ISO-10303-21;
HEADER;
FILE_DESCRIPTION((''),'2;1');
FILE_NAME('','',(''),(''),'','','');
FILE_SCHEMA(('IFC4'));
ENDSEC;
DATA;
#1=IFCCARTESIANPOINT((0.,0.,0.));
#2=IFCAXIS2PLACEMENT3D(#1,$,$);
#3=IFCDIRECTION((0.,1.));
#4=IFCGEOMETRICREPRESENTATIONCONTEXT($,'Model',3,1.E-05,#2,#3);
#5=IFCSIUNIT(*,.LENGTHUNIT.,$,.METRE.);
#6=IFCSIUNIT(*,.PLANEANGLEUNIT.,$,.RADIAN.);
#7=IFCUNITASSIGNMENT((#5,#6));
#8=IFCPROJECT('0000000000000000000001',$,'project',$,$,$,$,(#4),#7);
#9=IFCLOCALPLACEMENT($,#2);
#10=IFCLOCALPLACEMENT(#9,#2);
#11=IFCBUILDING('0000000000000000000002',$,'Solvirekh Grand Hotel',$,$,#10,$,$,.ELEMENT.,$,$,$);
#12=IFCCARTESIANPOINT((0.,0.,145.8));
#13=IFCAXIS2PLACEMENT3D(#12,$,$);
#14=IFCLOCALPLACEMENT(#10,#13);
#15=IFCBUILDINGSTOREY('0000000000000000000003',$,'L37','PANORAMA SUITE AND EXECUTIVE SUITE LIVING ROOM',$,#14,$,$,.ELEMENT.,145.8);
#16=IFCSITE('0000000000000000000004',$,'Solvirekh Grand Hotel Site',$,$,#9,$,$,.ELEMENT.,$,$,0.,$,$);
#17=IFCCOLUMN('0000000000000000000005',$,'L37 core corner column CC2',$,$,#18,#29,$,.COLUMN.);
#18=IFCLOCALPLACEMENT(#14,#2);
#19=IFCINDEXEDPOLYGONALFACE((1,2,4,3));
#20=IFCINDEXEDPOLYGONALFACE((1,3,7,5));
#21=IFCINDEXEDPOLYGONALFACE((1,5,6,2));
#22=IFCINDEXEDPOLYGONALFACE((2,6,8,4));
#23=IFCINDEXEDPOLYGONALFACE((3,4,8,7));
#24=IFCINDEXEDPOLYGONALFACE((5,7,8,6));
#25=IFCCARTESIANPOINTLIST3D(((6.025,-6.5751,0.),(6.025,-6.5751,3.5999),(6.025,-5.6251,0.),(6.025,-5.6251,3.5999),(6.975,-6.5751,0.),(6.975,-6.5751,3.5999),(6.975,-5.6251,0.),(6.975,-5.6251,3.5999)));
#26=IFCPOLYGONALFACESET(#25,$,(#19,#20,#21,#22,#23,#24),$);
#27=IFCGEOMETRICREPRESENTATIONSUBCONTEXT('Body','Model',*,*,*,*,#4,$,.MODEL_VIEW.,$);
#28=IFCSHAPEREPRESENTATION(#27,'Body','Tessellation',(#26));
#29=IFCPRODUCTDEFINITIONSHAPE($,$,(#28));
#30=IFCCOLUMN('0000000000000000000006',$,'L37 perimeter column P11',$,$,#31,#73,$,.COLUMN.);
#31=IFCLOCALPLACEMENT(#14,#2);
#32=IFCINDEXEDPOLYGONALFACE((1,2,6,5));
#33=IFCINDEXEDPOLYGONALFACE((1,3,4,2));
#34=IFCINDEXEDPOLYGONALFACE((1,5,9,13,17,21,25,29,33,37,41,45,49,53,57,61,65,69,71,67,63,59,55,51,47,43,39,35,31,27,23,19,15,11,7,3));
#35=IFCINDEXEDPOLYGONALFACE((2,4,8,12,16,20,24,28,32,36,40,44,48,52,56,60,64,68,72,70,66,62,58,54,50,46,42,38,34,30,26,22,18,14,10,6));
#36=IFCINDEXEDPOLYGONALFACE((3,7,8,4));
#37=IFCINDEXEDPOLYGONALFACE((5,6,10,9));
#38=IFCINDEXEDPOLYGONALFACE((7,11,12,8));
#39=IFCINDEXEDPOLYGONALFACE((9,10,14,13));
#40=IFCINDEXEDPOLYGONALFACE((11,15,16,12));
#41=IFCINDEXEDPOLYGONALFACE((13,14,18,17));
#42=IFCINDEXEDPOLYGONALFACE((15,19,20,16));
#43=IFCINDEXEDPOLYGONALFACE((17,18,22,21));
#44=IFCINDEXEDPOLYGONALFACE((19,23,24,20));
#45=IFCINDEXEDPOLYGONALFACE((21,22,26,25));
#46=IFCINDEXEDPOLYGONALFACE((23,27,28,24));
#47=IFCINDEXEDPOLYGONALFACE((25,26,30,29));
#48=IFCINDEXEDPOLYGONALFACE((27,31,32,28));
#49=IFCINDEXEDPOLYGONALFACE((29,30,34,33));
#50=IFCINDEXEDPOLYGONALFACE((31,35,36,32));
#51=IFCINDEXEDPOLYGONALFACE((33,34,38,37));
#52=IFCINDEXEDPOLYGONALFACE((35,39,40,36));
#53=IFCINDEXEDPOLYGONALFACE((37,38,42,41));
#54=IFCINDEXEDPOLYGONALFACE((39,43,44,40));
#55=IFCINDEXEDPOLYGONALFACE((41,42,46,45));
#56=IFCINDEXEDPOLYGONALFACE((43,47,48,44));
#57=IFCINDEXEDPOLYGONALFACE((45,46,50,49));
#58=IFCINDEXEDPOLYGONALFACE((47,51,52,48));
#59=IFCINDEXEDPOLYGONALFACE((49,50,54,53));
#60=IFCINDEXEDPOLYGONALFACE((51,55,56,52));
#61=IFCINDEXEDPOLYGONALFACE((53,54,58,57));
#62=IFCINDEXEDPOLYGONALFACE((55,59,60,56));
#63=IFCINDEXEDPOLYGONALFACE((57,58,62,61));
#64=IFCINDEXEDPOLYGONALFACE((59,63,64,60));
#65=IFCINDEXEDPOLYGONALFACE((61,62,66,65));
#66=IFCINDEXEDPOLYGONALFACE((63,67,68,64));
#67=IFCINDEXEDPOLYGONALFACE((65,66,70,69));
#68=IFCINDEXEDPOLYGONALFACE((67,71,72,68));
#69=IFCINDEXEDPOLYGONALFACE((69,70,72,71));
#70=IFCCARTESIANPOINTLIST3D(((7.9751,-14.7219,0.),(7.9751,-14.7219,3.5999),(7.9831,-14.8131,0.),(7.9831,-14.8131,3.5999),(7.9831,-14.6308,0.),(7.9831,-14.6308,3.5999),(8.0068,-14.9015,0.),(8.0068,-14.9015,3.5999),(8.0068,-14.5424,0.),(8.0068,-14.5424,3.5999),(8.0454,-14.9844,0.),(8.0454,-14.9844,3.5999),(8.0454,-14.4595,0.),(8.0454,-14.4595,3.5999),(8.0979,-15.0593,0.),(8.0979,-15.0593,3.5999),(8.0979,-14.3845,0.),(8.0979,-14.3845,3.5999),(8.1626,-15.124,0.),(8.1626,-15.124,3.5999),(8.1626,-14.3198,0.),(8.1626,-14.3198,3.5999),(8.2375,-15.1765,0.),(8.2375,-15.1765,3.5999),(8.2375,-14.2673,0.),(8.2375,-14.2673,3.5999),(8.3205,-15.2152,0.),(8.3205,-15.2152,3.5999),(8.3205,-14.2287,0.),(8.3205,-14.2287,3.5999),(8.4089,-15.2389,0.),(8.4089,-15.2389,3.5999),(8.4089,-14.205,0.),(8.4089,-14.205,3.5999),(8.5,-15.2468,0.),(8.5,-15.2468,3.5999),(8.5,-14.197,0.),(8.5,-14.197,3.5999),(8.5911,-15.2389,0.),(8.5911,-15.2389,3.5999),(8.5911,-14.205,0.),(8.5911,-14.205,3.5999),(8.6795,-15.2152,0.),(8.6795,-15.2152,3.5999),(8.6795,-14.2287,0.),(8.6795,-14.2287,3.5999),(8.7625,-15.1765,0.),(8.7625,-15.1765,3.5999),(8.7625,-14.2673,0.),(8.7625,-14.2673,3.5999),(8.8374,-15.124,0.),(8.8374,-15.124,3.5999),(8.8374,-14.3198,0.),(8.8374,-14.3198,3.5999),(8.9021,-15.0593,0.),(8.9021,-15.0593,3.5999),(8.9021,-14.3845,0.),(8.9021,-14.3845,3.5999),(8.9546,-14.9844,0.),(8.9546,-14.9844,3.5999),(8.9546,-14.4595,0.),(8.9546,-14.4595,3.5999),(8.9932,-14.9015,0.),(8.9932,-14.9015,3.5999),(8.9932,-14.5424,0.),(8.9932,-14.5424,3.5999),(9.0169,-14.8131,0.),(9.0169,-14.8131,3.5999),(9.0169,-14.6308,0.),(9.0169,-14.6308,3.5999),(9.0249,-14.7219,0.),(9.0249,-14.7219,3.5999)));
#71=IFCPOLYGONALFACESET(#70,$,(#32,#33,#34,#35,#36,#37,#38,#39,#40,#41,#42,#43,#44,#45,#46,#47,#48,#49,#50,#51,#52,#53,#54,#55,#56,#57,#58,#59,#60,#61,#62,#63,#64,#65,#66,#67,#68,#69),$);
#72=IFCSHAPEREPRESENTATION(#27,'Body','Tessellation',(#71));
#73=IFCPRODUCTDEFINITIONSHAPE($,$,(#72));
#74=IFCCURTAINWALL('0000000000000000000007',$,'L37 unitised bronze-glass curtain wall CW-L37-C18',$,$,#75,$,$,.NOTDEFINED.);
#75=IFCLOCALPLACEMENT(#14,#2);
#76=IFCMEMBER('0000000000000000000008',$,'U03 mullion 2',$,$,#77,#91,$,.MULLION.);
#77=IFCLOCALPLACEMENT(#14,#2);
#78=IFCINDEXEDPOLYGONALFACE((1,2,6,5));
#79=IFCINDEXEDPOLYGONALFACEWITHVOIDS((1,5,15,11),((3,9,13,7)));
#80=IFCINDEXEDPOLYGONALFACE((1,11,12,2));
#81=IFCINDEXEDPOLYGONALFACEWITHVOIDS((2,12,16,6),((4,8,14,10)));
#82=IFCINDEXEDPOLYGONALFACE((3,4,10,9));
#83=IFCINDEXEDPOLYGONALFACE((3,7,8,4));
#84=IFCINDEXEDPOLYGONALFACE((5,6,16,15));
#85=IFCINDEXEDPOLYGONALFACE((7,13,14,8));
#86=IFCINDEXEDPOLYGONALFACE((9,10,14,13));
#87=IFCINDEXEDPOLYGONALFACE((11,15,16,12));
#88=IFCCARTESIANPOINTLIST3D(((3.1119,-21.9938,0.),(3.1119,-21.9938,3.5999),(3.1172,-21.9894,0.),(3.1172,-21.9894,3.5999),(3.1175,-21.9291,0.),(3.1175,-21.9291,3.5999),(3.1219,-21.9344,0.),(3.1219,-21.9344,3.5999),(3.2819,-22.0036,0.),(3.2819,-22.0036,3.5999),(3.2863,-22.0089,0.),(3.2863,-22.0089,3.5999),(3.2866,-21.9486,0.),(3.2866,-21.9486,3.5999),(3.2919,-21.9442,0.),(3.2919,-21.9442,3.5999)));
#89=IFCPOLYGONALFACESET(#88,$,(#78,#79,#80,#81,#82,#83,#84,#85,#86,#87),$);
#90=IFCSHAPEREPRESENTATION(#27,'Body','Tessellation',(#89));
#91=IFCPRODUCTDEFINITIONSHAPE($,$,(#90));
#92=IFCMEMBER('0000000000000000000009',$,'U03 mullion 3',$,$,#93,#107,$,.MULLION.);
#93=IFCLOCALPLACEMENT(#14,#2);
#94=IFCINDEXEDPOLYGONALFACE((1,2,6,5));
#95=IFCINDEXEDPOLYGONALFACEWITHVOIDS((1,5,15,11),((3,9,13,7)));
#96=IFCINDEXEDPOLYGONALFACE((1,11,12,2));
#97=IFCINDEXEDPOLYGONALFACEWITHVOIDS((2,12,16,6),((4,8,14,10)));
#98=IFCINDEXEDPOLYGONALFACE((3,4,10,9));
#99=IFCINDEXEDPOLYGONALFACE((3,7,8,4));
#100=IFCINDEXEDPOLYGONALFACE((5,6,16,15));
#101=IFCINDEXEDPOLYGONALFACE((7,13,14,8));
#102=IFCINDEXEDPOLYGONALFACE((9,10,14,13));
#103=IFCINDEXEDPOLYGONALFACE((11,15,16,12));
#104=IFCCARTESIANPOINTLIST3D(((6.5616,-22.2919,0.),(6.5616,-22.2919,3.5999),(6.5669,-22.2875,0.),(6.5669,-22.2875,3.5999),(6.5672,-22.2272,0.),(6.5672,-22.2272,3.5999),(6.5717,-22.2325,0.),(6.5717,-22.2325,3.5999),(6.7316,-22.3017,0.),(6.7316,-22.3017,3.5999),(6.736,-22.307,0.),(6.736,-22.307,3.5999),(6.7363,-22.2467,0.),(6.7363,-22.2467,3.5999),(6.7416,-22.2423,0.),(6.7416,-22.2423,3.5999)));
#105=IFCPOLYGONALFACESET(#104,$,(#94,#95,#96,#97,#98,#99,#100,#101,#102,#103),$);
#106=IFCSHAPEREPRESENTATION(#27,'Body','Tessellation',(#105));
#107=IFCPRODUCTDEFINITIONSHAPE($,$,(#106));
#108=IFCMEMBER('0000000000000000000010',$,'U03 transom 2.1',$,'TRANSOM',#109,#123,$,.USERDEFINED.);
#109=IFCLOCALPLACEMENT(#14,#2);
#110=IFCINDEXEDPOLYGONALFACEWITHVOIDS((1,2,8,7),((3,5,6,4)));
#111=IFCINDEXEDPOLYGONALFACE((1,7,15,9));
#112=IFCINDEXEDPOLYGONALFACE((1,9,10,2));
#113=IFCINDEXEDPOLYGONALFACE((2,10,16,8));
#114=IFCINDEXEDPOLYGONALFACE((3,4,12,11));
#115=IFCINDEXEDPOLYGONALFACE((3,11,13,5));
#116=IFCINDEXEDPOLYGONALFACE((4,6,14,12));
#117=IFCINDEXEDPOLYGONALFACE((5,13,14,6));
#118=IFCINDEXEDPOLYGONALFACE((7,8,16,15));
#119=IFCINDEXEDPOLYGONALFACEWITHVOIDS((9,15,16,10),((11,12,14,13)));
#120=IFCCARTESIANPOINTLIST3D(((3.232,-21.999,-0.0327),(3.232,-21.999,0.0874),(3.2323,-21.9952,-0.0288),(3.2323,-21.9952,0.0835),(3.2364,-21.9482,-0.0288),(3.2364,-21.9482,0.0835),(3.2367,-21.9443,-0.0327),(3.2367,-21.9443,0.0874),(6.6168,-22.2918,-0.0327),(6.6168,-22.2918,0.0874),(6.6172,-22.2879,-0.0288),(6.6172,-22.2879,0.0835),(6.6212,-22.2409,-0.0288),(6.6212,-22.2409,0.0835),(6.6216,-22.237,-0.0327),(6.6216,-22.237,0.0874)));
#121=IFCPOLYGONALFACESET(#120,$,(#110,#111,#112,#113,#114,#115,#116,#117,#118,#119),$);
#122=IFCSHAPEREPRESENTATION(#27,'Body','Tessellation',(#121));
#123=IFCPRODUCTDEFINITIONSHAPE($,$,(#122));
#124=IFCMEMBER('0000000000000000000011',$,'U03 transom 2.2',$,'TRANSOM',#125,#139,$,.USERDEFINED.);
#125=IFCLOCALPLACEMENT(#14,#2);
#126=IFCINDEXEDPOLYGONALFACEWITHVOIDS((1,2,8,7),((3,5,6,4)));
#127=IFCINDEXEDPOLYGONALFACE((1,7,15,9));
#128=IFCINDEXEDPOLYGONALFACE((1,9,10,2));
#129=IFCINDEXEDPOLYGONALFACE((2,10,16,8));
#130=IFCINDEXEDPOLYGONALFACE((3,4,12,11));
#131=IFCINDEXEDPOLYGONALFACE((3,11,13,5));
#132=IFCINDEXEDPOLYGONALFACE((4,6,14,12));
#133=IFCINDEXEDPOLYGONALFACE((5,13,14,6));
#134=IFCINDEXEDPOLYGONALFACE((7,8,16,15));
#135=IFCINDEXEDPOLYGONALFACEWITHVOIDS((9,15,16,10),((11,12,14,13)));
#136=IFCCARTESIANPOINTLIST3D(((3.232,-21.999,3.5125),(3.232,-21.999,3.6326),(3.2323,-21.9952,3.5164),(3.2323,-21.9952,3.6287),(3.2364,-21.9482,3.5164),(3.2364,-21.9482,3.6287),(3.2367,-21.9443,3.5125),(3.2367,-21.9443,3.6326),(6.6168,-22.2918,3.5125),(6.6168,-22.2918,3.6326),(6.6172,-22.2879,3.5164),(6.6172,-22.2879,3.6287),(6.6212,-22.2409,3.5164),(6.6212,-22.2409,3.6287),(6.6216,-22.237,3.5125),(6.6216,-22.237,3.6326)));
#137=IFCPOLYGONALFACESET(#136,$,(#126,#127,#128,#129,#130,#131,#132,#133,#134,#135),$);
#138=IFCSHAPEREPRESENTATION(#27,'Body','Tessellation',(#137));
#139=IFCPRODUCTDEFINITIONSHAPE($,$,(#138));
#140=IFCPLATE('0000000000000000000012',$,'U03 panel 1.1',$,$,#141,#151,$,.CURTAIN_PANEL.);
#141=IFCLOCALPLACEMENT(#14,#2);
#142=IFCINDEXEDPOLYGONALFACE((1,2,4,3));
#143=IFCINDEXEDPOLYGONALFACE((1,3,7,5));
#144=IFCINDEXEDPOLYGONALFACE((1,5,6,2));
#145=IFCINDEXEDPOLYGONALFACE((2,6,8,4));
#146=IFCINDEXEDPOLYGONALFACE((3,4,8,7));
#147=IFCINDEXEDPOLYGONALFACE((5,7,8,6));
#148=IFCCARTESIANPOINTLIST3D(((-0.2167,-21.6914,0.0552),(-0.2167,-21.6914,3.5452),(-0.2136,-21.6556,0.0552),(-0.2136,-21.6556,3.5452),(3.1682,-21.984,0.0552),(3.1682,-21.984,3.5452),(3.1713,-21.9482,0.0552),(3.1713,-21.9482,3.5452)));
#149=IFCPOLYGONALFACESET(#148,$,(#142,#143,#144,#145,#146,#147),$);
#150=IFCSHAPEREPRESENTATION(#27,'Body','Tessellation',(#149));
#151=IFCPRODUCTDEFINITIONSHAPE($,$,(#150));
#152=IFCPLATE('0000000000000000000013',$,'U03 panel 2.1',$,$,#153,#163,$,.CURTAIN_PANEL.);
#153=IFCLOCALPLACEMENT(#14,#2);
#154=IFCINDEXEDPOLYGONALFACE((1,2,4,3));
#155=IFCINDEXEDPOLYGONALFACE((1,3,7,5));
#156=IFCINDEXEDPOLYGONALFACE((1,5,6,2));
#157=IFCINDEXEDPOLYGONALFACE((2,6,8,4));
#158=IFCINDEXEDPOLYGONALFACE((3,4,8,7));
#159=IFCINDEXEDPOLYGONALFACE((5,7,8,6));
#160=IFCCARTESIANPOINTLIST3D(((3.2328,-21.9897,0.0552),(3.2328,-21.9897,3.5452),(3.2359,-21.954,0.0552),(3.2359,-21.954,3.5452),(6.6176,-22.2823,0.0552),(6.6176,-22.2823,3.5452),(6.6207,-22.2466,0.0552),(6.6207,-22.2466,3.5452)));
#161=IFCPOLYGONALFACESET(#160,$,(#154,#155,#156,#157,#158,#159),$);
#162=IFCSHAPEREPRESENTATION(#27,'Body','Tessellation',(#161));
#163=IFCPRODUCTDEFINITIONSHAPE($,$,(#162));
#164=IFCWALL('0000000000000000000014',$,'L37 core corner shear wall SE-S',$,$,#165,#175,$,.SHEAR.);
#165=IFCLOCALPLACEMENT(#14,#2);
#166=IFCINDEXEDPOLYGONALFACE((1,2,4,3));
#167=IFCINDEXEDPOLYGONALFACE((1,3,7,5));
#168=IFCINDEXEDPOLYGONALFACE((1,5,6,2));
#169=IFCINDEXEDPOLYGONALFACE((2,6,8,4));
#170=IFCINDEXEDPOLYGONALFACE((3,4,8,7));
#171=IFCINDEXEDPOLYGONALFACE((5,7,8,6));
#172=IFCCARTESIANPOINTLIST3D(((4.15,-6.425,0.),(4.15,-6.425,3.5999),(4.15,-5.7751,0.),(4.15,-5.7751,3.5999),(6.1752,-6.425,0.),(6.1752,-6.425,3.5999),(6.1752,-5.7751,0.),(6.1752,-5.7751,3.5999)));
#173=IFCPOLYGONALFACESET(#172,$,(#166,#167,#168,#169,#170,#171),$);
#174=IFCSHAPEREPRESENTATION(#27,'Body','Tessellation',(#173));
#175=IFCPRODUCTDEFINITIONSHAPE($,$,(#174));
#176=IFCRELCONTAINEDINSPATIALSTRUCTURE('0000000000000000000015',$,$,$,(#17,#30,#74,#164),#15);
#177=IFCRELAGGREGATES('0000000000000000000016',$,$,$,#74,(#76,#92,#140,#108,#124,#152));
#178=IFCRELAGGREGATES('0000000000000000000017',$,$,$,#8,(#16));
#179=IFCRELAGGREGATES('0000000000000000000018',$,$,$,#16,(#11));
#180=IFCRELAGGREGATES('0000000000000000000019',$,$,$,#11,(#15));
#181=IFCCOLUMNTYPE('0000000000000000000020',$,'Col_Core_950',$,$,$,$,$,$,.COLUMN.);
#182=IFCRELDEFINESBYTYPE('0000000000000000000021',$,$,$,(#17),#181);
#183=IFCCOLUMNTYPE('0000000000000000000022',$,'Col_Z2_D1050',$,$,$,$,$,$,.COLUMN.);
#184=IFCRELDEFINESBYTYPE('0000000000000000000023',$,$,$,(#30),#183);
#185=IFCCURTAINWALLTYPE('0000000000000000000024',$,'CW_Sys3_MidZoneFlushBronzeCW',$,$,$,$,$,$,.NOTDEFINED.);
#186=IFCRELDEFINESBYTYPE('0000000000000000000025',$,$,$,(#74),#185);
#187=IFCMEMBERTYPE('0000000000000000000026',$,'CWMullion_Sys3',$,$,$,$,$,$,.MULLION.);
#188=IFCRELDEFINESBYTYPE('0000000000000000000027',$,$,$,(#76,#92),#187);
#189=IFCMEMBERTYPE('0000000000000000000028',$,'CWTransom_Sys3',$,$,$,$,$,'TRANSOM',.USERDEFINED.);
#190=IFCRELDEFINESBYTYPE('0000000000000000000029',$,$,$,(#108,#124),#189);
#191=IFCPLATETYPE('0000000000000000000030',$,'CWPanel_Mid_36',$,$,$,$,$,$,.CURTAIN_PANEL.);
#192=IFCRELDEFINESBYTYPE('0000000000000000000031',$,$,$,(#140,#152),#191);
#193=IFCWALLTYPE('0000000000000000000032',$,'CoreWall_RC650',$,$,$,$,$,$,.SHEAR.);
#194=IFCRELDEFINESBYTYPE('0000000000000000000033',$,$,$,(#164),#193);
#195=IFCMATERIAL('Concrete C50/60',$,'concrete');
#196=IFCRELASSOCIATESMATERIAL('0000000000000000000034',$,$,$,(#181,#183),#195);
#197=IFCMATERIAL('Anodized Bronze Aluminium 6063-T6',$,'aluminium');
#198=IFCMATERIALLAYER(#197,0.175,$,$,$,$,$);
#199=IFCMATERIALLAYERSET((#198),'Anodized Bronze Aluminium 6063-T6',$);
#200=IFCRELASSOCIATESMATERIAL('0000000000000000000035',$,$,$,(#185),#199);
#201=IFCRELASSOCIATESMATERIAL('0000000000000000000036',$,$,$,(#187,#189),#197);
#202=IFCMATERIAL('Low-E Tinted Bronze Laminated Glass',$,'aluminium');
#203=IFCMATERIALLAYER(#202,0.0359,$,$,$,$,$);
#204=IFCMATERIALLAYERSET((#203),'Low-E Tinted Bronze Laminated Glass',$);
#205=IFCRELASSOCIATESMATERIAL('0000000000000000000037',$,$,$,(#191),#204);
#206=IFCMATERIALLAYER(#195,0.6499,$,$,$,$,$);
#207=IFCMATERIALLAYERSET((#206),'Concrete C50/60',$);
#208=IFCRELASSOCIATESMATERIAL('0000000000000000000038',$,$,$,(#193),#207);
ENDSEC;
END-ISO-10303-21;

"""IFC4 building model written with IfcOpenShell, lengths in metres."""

from ifc_helpers import new_model, si_unit, direction, frame, frame_2d, origin, origin_2d, place, context, subcontext, project, spatial, rectangle, hollow_rectangle, circle, extrude, source, transform, mapped, material, layer, layer_set, material_profile, profile_set, type_object, element, aggregate, save


model = new_model("IFC4")

# Units and contexts
model_context = context("Model", 3, precision=1e-05, world=origin(), true_north=direction((0.0, 1.0)))
body_context = subcontext(model_context, "Body", "Model", "MODEL_VIEW")
ifc_project = project(units=[si_unit("LENGTHUNIT", "METRE"), si_unit("PLANEANGLEUNIT", "RADIAN")], contexts=[model_context])

# Site, building, storey
site_placement = place(None, origin())
site = spatial("IfcSite", under=ifc_project, at=site_placement, Name="Solvirekh Grand Hotel Site", CompositionType="ELEMENT", RefElevation=0.0)
building_placement = place(site_placement, origin())
building = spatial("IfcBuilding", under=site, at=building_placement, Name="Solvirekh Grand Hotel", CompositionType="ELEMENT")
storey_placement = place(building_placement, frame((0.0, 0.0, 145.8)))
storey = spatial("IfcBuildingStorey", under=building, at=storey_placement, Name="L37", Description="PANORAMA SUITE AND EXECUTIVE SUITE LIVING ROOM", CompositionType="ELEMENT", Elevation=145.8)

# Columns
ifc_material_1 = material(Name="Concrete C50/60", Category="concrete")
ifc_material_profile_1 = material_profile(ifc_material_1, rectangle(XDim=0.95, YDim=0.95, at=origin_2d()), Name="RC 950X950")
ifc_profile_set_1 = profile_set([ifc_material_profile_1], Name="Concrete C50/60")
column_type_1 = type_object("IfcColumnType", Name="Col_Core_950", PredefinedType="COLUMN", material=ifc_profile_set_1)
column_1_placement = place(storey_placement, frame((6.5, -6.1001, 0.0), z_axis=(0.0, 0.0, 1.0), x_axis=(1.0, 0.0, 0.0)))
element("IfcColumn", 1, at=column_1_placement, inside=storey, type_object=column_type_1, Name="L37 core corner column CC2", PredefinedType="COLUMN", context=body_context, shape_type="SweptSolid", body=[
    extrude(rectangle(XDim=0.95, YDim=0.95, at=origin_2d()), origin(), (0.0, 0.0, 1.0), 3.5999),
])
ifc_material_profile_2 = material_profile(ifc_material_1, circle(Radius=0.5249, at=origin_2d()), Name="RC CIRC D1050")
ifc_profile_set_2 = profile_set([ifc_material_profile_2], Name="Concrete C50/60")
column_type_2 = type_object("IfcColumnType", Name="Col_Z2_D1050", PredefinedType="COLUMN", material=ifc_profile_set_2)
column_2_placement = place(storey_placement, frame((8.5, -14.7219, 0.0), z_axis=(0.0, 0.0, 1.0), x_axis=(1.0, 0.0, 0.0)))
element("IfcColumn", 2, at=column_2_placement, inside=storey, type_object=column_type_2, Name="L37 perimeter column P11", PredefinedType="COLUMN", context=body_context, shape_type="SweptSolid", body=[
    extrude(circle(Radius=0.5249, at=origin_2d()), origin(), (0.0, 0.0, 1.0), 3.5999),
])

# Curtain wall, members, plates
ifc_material_2 = material(Name="Anodized Bronze Aluminium 6063-T6", Category="aluminium")
ifc_layer_1 = layer(ifc_material_2, 0.175)
ifc_layer_set_1 = layer_set([ifc_layer_1], Name="Anodized Bronze Aluminium 6063-T6")
curtain_wall_type = type_object("IfcCurtainWallType", Name="CW_Sys3_MidZoneFlushBronzeCW", PredefinedType="NOTDEFINED", material=ifc_layer_set_1)
curtain_wall_placement = place(storey_placement, origin())
curtain_wall = element("IfcCurtainWall", 3, at=curtain_wall_placement, inside=storey, type_object=curtain_wall_type, Name="L37 unitised bronze-glass curtain wall CW-L37-C18", PredefinedType="NOTDEFINED")
ifc_material_profile_3 = material_profile(ifc_material_2, hollow_rectangle(XDim=0.0649, YDim=0.175, WallThickness=0.0049, at=origin_2d()), Name="ALU RHS 175X65X5")
ifc_profile_set_3 = profile_set([ifc_material_profile_3], Name="Anodized Bronze Aluminium 6063-T6")
member_type_1 = type_object("IfcMemberType", Name="CWMullion_Sys3", PredefinedType="MULLION", material=ifc_profile_set_3)
shared_shape_1 = source(origin(), body_context, "Body", "SweptSolid", [
    extrude(hollow_rectangle(XDim=0.0649, YDim=0.175, WallThickness=0.0049, at=origin_2d()), origin(), (0.0, 0.0, 1.0), 3.5999),
])
member_1_placement = place(storey_placement, frame((3.2019, -21.969, 0.0), z_axis=(0.0, 0.0, 1.0), x_axis=(0.086123, 0.996284, 0.0)))
member_1 = element("IfcMember", 4, at=member_1_placement, type_object=member_type_1, Name="U03 mullion 2", PredefinedType="MULLION", context=body_context, shape_type="MappedRepresentation", body=[
    mapped(shared_shape_1, transform((0.0, 0.0, 0.0), x_axis=(1.0, 0.0, 0.0), y_axis=(0.0, 1.0, 0.0), z_axis=(0.0, 0.0, 1.0), scale=1.0)),
])
member_2_placement = place(storey_placement, frame((6.6516, -22.2671, 0.0), z_axis=(0.0, 0.0, 1.0), x_axis=(0.086123, 0.996284, 0.0)))
member_2 = element("IfcMember", 5, at=member_2_placement, type_object=member_type_1, Name="U03 mullion 3", PredefinedType="MULLION", context=body_context, shape_type="MappedRepresentation", body=[
    mapped(shared_shape_1, transform((0.0, 0.0, 0.0), x_axis=(1.0, 0.0, 0.0), y_axis=(0.0, 1.0, 0.0), z_axis=(0.0, 0.0, 1.0), scale=1.0)),
])
ifc_material_profile_4 = material_profile(ifc_material_2, hollow_rectangle(XDim=0.0549, YDim=0.1201, WallThickness=0.0039, at=origin_2d()), Name="ALU RHS 120X55X4")
ifc_profile_set_4 = profile_set([ifc_material_profile_4], Name="Anodized Bronze Aluminium 6063-T6")
member_type_2 = type_object("IfcMemberType", Name="CWTransom_Sys3", ElementType="TRANSOM", PredefinedType="USERDEFINED", material=ifc_profile_set_4)
shared_shape_2 = source(origin(), body_context, "Body", "SweptSolid", [
    extrude(hollow_rectangle(XDim=0.0549, YDim=0.1201, WallThickness=0.0039, at=origin_2d()), origin(), (0.0, 0.0, 1.0), 3.3975),
])
member_3_placement = place(storey_placement, frame((3.2344, -21.9717, 0.0273), z_axis=(0.996281, -0.086161, 0.0), x_axis=(0.086161, 0.996281, 0.0)))
member_3 = element("IfcMember", 6, at=member_3_placement, type_object=member_type_2, Name="U03 transom 2.1", ObjectType="TRANSOM", PredefinedType="USERDEFINED", context=body_context, shape_type="MappedRepresentation", body=[
    mapped(shared_shape_2, transform((0.0, 0.0, 0.0), x_axis=(1.0, 0.0, 0.0), y_axis=(0.0, 1.0, 0.0), z_axis=(0.0, 0.0, 1.0), scale=1.0)),
])
member_4_placement = place(storey_placement, frame((3.2344, -21.9717, 3.5725), z_axis=(0.996281, -0.086161, 0.0), x_axis=(0.086161, 0.996281, 0.0)))
member_4 = element("IfcMember", 7, at=member_4_placement, type_object=member_type_2, Name="U03 transom 2.2", ObjectType="TRANSOM", PredefinedType="USERDEFINED", context=body_context, shape_type="MappedRepresentation", body=[
    mapped(shared_shape_2, transform((0.0, 0.0, 0.0), x_axis=(1.0, 0.0, 0.0), y_axis=(0.0, 1.0, 0.0), z_axis=(0.0, 0.0, 1.0), scale=1.0)),
])
ifc_material_3 = material(Name="Low-E Tinted Bronze Laminated Glass", Category="aluminium")
ifc_layer_2 = layer(ifc_material_3, 0.0359)
ifc_layer_set_2 = layer_set([ifc_layer_2], Name="Low-E Tinted Bronze Laminated Glass")
plate_type = type_object("IfcPlateType", Name="CWPanel_Mid_36", PredefinedType="CURTAIN_PANEL", material=ifc_layer_set_2)
shared_shape_3 = source(origin(), body_context, "Body", "SweptSolid", [
    extrude(rectangle(XDim=3.3975, YDim=0.0359, at=origin_2d()), origin(), (0.0, 0.0, 1.0), 3.49),
])
plate_1_placement = place(storey_placement, frame((1.4773, -21.8198, 0.0552), z_axis=(0.0, 0.0, 1.0), x_axis=(0.996284, -0.086123, 0.0)))
plate_1 = element("IfcPlate", 8, at=plate_1_placement, type_object=plate_type, Name="U03 panel 1.1", PredefinedType="CURTAIN_PANEL", context=body_context, shape_type="MappedRepresentation", body=[
    mapped(shared_shape_3, transform((0.0, 0.0, 0.0), x_axis=(1.0, 0.0, 0.0), y_axis=(0.0, 1.0, 0.0), z_axis=(0.0, 0.0, 1.0), scale=1.0)),
])
plate_2_placement = place(storey_placement, frame((4.9268, -22.1182, 0.0552), z_axis=(0.0, 0.0, 1.0), x_axis=(0.996284, -0.086123, 0.0)))
plate_2 = element("IfcPlate", 9, at=plate_2_placement, type_object=plate_type, Name="U03 panel 2.1", PredefinedType="CURTAIN_PANEL", context=body_context, shape_type="MappedRepresentation", body=[
    mapped(shared_shape_3, transform((0.0, 0.0, 0.0), x_axis=(1.0, 0.0, 0.0), y_axis=(0.0, 1.0, 0.0), z_axis=(0.0, 0.0, 1.0), scale=1.0)),
])
aggregate(curtain_wall, [member_1, member_2, plate_1, member_3, member_4, plate_2])

# Wall
ifc_layer_3 = layer(ifc_material_1, 0.6499)
ifc_layer_set_3 = layer_set([ifc_layer_3], Name="Concrete C50/60")
wall_type_1 = type_object("IfcWallType", Name="CoreWall_RC650", PredefinedType="SHEAR", material=ifc_layer_set_3)
wall_1_placement = place(storey_placement, frame((4.1499, -6.1001, 0.0), z_axis=(0.0, 0.0, 1.0), x_axis=(1.0, 0.0, 0.0)))
element("IfcWall", 10, at=wall_1_placement, inside=storey, type_object=wall_type_1, Name="L37 core corner shear wall SE-S", PredefinedType="SHEAR", context=body_context, shape_type="SweptSolid", body=[
    extrude(rectangle(XDim=2.0251, YDim=0.6499, at=frame_2d((1.0127, 0.0))), origin(), (0.0, 0.0, 1.0), 3.5999),
])

save(model, "model.ifc")
